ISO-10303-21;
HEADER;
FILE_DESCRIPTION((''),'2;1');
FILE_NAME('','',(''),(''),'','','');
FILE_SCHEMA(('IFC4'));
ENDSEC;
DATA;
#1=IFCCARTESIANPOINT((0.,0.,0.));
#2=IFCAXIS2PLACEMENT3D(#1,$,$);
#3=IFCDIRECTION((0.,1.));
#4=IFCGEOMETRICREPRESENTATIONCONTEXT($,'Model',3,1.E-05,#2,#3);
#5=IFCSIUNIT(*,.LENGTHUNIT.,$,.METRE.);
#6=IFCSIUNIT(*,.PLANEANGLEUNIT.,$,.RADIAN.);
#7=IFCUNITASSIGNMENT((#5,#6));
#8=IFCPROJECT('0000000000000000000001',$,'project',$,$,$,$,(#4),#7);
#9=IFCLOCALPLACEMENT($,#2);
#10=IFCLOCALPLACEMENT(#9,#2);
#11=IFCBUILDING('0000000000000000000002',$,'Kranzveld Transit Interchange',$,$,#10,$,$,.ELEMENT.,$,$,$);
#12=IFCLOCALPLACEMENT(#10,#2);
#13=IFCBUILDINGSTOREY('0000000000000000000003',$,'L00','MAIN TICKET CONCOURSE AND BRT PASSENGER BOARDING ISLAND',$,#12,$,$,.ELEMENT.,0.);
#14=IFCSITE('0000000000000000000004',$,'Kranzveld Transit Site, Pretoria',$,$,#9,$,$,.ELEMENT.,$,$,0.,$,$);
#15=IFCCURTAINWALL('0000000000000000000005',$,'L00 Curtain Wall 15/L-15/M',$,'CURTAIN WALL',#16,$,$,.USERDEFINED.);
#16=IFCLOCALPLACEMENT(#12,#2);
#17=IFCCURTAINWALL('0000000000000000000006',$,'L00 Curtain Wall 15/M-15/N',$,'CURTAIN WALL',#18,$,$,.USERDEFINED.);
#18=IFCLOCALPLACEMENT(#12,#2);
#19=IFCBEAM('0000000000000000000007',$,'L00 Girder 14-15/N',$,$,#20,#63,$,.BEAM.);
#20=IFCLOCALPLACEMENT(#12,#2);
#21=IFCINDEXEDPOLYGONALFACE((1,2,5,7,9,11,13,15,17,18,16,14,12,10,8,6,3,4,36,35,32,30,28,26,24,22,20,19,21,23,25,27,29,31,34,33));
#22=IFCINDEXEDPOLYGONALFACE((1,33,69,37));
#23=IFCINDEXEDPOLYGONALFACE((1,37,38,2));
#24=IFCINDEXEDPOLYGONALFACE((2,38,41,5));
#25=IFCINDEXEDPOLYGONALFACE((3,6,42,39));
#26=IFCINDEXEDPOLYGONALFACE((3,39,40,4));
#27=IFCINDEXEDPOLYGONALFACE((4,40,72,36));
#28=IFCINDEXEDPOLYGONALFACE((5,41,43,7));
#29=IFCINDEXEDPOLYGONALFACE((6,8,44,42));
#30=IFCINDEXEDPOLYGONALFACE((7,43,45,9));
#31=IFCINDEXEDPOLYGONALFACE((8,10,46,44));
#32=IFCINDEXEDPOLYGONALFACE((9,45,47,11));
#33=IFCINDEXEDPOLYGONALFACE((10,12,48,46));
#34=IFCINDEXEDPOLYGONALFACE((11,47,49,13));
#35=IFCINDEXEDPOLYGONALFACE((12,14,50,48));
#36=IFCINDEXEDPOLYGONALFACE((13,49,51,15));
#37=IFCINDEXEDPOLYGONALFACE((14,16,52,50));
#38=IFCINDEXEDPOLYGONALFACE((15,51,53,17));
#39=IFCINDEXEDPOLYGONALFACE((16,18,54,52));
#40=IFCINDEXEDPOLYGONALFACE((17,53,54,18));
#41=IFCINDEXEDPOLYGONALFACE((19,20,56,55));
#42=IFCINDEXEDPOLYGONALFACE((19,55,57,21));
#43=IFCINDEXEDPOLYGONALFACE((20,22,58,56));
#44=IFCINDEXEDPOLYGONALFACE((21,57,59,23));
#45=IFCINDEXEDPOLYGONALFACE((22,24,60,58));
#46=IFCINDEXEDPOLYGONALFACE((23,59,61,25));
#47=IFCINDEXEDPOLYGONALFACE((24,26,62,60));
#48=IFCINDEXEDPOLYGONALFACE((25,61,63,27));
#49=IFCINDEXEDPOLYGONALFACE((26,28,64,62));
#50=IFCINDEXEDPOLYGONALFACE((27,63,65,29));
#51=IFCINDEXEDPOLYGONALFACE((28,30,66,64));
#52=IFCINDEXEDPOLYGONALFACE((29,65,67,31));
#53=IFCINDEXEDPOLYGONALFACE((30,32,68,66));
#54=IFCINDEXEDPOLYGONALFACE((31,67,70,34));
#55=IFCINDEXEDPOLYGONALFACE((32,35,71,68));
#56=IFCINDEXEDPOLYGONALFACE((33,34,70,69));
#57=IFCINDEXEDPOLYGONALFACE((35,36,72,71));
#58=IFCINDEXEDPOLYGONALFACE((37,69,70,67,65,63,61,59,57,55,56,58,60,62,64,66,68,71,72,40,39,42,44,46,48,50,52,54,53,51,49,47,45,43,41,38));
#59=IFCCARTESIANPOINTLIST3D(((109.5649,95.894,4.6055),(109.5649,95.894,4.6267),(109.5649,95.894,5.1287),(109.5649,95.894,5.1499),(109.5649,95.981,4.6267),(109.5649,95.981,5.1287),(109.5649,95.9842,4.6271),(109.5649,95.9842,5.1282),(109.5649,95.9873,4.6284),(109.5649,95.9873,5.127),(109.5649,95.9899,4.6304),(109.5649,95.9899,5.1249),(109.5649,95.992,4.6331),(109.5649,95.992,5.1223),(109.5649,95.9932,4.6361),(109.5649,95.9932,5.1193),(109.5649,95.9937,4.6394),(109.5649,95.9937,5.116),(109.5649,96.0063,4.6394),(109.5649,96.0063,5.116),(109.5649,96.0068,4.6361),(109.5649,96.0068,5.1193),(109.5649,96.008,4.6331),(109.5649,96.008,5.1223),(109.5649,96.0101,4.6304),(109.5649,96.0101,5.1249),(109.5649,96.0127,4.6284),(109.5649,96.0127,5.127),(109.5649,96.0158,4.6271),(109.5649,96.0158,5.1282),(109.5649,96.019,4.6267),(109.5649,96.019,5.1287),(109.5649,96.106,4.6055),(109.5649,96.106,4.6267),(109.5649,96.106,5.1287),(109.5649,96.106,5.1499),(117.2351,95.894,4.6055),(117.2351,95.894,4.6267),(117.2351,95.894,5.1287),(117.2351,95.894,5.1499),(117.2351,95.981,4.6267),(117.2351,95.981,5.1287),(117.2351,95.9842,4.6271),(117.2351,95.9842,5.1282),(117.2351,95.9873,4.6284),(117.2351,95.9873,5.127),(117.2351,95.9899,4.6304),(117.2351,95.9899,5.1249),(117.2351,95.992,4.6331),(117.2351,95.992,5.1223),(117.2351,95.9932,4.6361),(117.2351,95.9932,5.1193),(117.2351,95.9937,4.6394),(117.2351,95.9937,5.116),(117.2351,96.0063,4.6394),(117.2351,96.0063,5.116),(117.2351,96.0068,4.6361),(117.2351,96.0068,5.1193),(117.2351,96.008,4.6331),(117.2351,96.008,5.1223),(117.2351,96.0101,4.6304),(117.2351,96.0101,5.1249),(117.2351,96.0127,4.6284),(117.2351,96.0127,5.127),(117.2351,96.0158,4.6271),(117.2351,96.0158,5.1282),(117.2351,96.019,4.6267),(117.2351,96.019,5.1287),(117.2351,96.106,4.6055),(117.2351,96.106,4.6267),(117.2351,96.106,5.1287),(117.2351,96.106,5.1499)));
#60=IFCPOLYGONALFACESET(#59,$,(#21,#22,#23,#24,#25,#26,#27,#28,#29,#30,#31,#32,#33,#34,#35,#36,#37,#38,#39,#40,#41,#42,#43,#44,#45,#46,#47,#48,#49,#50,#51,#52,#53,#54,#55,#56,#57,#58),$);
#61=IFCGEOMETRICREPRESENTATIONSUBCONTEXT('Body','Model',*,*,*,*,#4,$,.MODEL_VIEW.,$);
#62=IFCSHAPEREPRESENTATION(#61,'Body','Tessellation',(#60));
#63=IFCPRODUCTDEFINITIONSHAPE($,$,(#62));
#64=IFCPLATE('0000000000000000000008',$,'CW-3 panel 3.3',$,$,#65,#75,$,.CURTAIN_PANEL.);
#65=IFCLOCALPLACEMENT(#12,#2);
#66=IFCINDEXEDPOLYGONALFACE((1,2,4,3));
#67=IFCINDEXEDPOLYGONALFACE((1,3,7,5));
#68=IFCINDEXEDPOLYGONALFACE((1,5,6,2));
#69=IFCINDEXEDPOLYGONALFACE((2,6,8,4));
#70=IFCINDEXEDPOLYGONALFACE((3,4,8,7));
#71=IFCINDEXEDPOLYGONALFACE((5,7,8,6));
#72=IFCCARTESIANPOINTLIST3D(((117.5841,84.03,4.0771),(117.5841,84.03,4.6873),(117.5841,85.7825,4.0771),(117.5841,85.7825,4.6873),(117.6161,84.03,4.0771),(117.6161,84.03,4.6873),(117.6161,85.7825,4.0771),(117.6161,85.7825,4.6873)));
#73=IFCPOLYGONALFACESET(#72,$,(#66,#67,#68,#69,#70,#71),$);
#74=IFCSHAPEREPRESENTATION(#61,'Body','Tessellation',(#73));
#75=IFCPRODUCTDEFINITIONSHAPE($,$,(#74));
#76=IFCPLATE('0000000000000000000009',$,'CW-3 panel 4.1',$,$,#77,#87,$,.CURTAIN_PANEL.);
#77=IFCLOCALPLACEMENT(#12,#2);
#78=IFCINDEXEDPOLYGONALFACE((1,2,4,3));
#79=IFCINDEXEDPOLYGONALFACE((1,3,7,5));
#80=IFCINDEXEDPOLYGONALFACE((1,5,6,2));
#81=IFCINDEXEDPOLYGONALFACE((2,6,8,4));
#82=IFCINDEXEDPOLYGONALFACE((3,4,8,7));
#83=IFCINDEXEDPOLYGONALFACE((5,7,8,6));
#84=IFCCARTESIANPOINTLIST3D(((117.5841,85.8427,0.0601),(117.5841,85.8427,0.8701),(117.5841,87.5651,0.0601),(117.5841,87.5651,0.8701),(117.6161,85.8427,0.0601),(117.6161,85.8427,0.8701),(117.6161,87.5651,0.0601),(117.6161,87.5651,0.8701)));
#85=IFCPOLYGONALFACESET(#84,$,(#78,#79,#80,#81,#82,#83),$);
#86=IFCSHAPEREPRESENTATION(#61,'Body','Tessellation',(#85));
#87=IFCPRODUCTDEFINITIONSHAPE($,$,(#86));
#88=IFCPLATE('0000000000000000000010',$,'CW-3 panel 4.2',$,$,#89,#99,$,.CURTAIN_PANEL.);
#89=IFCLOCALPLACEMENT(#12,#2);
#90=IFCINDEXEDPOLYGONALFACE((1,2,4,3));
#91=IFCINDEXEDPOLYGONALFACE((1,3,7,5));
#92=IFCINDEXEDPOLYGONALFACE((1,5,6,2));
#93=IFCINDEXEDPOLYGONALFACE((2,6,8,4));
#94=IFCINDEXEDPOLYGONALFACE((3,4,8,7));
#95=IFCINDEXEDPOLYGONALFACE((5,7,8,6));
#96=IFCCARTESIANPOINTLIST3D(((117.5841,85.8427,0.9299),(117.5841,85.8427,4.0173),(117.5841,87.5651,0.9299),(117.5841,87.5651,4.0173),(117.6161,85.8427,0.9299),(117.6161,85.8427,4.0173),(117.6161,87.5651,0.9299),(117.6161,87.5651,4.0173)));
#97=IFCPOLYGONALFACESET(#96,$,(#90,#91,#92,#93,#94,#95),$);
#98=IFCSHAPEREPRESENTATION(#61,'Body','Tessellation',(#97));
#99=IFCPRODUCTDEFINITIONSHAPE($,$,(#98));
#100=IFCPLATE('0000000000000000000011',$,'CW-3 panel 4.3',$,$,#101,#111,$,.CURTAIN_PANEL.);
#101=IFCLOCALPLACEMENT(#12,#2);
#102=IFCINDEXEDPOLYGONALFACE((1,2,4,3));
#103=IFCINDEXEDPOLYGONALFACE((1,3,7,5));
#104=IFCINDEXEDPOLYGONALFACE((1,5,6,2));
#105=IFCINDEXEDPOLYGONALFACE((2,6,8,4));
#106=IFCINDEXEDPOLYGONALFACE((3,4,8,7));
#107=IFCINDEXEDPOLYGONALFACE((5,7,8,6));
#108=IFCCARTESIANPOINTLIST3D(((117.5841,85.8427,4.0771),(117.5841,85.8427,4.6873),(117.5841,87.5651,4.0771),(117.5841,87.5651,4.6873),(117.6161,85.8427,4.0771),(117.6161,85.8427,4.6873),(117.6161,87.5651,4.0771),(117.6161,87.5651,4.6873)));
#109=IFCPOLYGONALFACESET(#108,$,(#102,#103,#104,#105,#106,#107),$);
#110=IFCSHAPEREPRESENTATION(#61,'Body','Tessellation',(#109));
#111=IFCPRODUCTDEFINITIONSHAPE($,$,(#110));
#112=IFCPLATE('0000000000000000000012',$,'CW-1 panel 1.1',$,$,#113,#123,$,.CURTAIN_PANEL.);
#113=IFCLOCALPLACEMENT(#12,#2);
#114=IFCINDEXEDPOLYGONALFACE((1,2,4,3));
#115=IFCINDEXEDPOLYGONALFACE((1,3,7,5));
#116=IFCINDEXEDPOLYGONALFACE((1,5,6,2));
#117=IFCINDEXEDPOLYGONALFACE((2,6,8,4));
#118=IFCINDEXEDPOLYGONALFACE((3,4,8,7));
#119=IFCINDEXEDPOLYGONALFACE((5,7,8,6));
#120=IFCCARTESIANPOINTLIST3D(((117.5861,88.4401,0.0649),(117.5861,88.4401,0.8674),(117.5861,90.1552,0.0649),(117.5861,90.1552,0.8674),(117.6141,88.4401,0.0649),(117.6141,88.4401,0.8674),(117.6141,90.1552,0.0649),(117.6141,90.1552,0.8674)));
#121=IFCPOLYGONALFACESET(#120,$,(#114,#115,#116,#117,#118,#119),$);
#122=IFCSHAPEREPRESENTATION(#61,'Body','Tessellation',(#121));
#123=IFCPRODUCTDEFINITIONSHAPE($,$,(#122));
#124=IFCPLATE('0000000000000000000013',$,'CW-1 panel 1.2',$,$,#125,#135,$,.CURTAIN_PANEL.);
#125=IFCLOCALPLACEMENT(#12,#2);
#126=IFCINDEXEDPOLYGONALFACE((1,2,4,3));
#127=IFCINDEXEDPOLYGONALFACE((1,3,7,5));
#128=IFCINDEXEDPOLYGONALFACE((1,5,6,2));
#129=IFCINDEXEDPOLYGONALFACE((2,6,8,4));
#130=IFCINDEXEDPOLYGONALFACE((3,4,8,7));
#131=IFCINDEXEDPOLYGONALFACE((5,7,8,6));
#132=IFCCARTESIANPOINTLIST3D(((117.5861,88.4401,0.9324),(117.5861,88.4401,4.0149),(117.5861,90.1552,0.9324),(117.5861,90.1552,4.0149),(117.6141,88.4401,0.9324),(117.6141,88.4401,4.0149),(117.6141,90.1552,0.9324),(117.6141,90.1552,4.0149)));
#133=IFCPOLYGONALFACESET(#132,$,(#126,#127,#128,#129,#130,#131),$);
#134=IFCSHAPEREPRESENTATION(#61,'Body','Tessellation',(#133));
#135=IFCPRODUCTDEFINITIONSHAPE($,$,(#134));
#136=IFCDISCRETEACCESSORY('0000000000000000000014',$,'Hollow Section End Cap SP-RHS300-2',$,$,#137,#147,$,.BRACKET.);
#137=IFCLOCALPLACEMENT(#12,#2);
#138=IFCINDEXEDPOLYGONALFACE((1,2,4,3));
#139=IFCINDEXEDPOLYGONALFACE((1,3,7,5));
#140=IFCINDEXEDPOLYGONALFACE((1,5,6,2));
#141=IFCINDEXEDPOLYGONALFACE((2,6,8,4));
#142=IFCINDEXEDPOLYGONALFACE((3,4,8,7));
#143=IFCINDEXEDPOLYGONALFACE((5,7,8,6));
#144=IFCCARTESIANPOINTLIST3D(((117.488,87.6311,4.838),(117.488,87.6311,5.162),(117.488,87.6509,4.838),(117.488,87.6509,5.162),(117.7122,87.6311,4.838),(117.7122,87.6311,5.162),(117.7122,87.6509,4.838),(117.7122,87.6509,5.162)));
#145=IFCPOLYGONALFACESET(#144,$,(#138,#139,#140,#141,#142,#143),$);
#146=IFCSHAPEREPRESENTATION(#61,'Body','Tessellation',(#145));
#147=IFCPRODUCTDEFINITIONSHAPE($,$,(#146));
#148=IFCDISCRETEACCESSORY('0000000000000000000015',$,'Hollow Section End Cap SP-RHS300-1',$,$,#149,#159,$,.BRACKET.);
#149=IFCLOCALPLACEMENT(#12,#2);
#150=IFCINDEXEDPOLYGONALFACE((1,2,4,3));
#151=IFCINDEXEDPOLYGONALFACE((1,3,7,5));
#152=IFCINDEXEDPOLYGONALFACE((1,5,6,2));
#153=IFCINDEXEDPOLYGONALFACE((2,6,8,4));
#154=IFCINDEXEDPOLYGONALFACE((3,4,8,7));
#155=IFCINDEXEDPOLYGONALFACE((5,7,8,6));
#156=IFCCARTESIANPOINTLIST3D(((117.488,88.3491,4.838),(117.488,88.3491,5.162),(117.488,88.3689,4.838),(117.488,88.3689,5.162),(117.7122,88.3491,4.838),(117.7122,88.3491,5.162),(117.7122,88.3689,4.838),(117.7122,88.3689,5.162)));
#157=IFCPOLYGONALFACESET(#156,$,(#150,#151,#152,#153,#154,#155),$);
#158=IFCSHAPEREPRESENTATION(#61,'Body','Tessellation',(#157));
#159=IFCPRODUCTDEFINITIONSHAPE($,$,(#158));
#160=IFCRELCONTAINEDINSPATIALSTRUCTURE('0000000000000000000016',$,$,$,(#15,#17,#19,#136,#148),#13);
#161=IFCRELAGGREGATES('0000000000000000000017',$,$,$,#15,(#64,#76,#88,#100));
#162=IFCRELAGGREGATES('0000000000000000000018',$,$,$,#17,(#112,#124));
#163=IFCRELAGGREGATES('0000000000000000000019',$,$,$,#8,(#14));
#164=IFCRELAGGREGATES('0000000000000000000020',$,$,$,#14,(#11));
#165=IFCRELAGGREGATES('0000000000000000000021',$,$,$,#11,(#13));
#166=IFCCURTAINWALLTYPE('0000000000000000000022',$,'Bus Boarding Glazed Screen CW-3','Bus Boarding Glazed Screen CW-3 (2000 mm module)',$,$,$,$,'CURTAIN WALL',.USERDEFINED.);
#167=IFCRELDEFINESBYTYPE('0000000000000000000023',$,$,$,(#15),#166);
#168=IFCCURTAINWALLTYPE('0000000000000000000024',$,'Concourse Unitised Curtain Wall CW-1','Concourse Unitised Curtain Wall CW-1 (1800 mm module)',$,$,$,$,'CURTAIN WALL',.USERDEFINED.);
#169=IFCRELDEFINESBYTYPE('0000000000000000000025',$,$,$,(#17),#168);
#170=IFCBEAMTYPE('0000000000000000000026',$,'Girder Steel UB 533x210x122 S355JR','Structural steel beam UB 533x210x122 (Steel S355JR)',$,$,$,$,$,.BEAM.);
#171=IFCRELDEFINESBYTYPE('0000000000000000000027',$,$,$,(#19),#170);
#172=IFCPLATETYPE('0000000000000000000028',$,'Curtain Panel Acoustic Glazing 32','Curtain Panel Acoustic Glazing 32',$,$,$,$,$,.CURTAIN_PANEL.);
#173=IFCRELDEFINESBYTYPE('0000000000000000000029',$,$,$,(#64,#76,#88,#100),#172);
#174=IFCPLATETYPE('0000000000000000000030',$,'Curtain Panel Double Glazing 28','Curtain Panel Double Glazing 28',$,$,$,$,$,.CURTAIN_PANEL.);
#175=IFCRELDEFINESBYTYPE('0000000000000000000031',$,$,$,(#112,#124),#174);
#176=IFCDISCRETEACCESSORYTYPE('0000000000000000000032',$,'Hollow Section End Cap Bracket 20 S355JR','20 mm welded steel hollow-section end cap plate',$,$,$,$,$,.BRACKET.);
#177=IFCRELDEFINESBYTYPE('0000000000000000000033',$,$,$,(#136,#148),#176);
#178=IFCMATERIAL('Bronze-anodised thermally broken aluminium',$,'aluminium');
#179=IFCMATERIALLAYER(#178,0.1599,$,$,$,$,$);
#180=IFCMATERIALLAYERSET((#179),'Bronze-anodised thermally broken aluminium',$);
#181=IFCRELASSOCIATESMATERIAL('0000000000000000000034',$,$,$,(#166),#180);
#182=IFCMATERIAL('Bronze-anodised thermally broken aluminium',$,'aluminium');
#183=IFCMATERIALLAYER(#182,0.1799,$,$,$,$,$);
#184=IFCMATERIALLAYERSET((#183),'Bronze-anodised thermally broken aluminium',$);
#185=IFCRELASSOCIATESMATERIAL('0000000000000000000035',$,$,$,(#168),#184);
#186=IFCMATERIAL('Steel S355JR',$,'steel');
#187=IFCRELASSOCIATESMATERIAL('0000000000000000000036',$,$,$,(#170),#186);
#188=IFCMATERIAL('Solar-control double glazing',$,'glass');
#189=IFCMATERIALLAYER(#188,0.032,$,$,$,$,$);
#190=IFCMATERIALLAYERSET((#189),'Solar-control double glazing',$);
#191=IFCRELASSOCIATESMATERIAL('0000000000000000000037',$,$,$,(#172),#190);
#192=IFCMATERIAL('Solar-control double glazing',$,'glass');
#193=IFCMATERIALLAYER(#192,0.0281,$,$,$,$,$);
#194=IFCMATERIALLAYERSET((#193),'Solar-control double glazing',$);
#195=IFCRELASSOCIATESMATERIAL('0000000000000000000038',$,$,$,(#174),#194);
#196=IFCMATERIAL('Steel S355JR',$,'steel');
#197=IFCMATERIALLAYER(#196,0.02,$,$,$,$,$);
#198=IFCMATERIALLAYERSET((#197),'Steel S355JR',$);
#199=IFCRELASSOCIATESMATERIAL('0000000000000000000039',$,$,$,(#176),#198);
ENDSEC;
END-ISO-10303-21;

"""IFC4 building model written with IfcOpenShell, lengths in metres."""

from ifc_helpers import new_model, si_unit, direction, frame, origin, origin_2d, place, context, subcontext, project, spatial, rectangle, i_section, extrude, material, layer, layer_set, material_profile, profile_set, type_object, element, aggregate, save


model = new_model("IFC4")

# Units and contexts
model_context = context("Model", 3, precision=1e-05, world=origin(), true_north=direction((0.0, 1.0)))
body_context = subcontext(model_context, "Body", "Model", "MODEL_VIEW")
ifc_project = project(units=[si_unit("LENGTHUNIT", "METRE"), si_unit("PLANEANGLEUNIT", "RADIAN")], contexts=[model_context])

# Site, building, storey
site_placement = place(None, origin())
site = spatial("IfcSite", under=ifc_project, at=site_placement, Name="Kranzveld Transit Site, Pretoria", CompositionType="ELEMENT", RefElevation=0.0)
building_placement = place(site_placement, origin())
building = spatial("IfcBuilding", under=site, at=building_placement, Name="Kranzveld Transit Interchange", CompositionType="ELEMENT")
storey_placement = place(building_placement, origin())
storey = spatial("IfcBuildingStorey", under=building, at=storey_placement, Name="L00", Description="MAIN TICKET CONCOURSE AND BRT PASSENGER BOARDING ISLAND", CompositionType="ELEMENT", Elevation=0.0)

# Curtain wall
ifc_material_1 = material(Name="Bronze-anodised thermally broken aluminium", Category="aluminium")
ifc_layer_1 = layer(ifc_material_1, 0.1599)
ifc_layer_set_1 = layer_set([ifc_layer_1], Name="Bronze-anodised thermally broken aluminium")
curtain_wall_type_1 = type_object("IfcCurtainWallType", Name="Bus Boarding Glazed Screen CW-3", Description="Bus Boarding Glazed Screen CW-3 (2000 mm module)", ElementType="CURTAIN WALL", PredefinedType="USERDEFINED", material=ifc_layer_set_1)
curtain_wall_1_placement = place(storey_placement, origin())
curtain_wall_1 = element("IfcCurtainWall", 1, at=curtain_wall_1_placement, inside=storey, type_object=curtain_wall_type_1, Name="L00 Curtain Wall 15/L-15/M", ObjectType="CURTAIN WALL", PredefinedType="USERDEFINED")

# Curtain wall
ifc_material_2 = material(Name="Bronze-anodised thermally broken aluminium", Category="aluminium")
ifc_layer_2 = layer(ifc_material_2, 0.1799)
ifc_layer_set_2 = layer_set([ifc_layer_2], Name="Bronze-anodised thermally broken aluminium")
curtain_wall_type_2 = type_object("IfcCurtainWallType", Name="Concourse Unitised Curtain Wall CW-1", Description="Concourse Unitised Curtain Wall CW-1 (1800 mm module)", ElementType="CURTAIN WALL", PredefinedType="USERDEFINED", material=ifc_layer_set_2)
curtain_wall_2_placement = place(storey_placement, origin())
curtain_wall_2 = element("IfcCurtainWall", 2, at=curtain_wall_2_placement, inside=storey, type_object=curtain_wall_type_2, Name="L00 Curtain Wall 15/M-15/N", ObjectType="CURTAIN WALL", PredefinedType="USERDEFINED")

# Beam
ifc_material_3 = material(Name="Steel S355JR", Category="steel")
ifc_material_profile_1 = material_profile(ifc_material_3, i_section(OverallWidth=0.2119, OverallDepth=0.5444, WebThickness=0.0127, FlangeThickness=0.0212, FilletRadius=0.0127, at=origin_2d()), Name="UB 533x210x122")
ifc_profile_set_1 = profile_set([ifc_material_profile_1], Name="Steel S355JR")
beam_type_1 = type_object("IfcBeamType", Name="Girder Steel UB 533x210x122 S355JR", Description="Structural steel beam UB 533x210x122 (Steel S355JR)", PredefinedType="BEAM", material=ifc_profile_set_1)
for number, where, z_axis, x_axis, name in (
    (3, (109.5649, 96.0, 4.8777), (1.0, 0.0, 0.0), (0.0, 1.0, 0.0), "L00 Girder 14-15/N"),
):
    element("IfcBeam", number, at=place(storey_placement, frame(where, z_axis=z_axis, x_axis=x_axis)), inside=storey, type_object=beam_type_1, Name=name, PredefinedType="BEAM", context=body_context, shape_type="SweptSolid", body=[
        extrude(i_section(OverallWidth=0.2119, OverallDepth=0.5444, WebThickness=0.0127, FlangeThickness=0.0212, FilletRadius=0.0127, at=origin_2d()), origin(), (0.0, 0.0, 1.0), 7.6702),
    ])

# Plates
ifc_material_4 = material(Name="Solar-control double glazing", Category="glass")
ifc_layer_3 = layer(ifc_material_4, 0.032)
ifc_layer_set_3 = layer_set([ifc_layer_3], Name="Solar-control double glazing")
plate_type_1 = type_object("IfcPlateType", Name="Curtain Panel Acoustic Glazing 32", Description="Curtain Panel Acoustic Glazing 32", PredefinedType="CURTAIN_PANEL", material=ifc_layer_set_3)
plate_1_placement = place(storey_placement, frame((117.6001, 84.9062, 4.0771), z_axis=(0.0, 0.0, 1.0), x_axis=(0.0, 1.0, 0.0)))
plate_1 = element("IfcPlate", 4, at=plate_1_placement, type_object=plate_type_1, Name="CW-3 panel 3.3", PredefinedType="CURTAIN_PANEL", context=body_context, shape_type="SweptSolid", body=[
    extrude(rectangle(XDim=1.7524, YDim=0.032, at=origin_2d()), origin(), (0.0, 0.0, 1.0), 0.6101),
])
plate_2_placement = place(storey_placement, frame((117.6001, 86.7039, 0.0601), z_axis=(0.0, 0.0, 1.0), x_axis=(0.0, 1.0, 0.0)))
plate_2 = element("IfcPlate", 5, at=plate_2_placement, type_object=plate_type_1, Name="CW-3 panel 4.1", PredefinedType="CURTAIN_PANEL", context=body_context, shape_type="SweptSolid", body=[
    extrude(rectangle(XDim=1.7224, YDim=0.032, at=origin_2d()), origin(), (0.0, 0.0, 1.0), 0.8101),
])
plate_3_placement = place(storey_placement, frame((117.6001, 86.7039, 0.9299), z_axis=(0.0, 0.0, 1.0), x_axis=(0.0, 1.0, 0.0)))
plate_3 = element("IfcPlate", 6, at=plate_3_placement, type_object=plate_type_1, Name="CW-3 panel 4.2", PredefinedType="CURTAIN_PANEL", context=body_context, shape_type="SweptSolid", body=[
    extrude(rectangle(XDim=1.7224, YDim=0.032, at=origin_2d()), origin(), (0.0, 0.0, 1.0), 3.0874),
])
plate_4_placement = place(storey_placement, frame((117.6001, 86.7039, 4.0771), z_axis=(0.0, 0.0, 1.0), x_axis=(0.0, 1.0, 0.0)))
plate_4 = element("IfcPlate", 7, at=plate_4_placement, type_object=plate_type_1, Name="CW-3 panel 4.3", PredefinedType="CURTAIN_PANEL", context=body_context, shape_type="SweptSolid", body=[
    extrude(rectangle(XDim=1.7224, YDim=0.032, at=origin_2d()), origin(), (0.0, 0.0, 1.0), 0.6101),
])
aggregate(curtain_wall_1, [plate_1, plate_2, plate_3, plate_4])
ifc_material_5 = material(Name="Solar-control double glazing", Category="glass")
ifc_layer_4 = layer(ifc_material_5, 0.0281)
ifc_layer_set_4 = layer_set([ifc_layer_4], Name="Solar-control double glazing")
plate_type_2 = type_object("IfcPlateType", Name="Curtain Panel Double Glazing 28", Description="Curtain Panel Double Glazing 28", PredefinedType="CURTAIN_PANEL", material=ifc_layer_set_4)
plate_5_placement = place(storey_placement, frame((117.6001, 89.2976, 0.0649), z_axis=(0.0, 0.0, 1.0), x_axis=(0.0, 1.0, 0.0)))
plate_5 = element("IfcPlate", 8, at=plate_5_placement, type_object=plate_type_2, Name="CW-1 panel 1.1", PredefinedType="CURTAIN_PANEL", context=body_context, shape_type="SweptSolid", body=[
    extrude(rectangle(XDim=1.7151, YDim=0.0281, at=origin_2d()), origin(), (0.0, 0.0, 1.0), 0.8025),
])
plate_6_placement = place(storey_placement, frame((117.6001, 89.2976, 0.9324), z_axis=(0.0, 0.0, 1.0), x_axis=(0.0, 1.0, 0.0)))
plate_6 = element("IfcPlate", 9, at=plate_6_placement, type_object=plate_type_2, Name="CW-1 panel 1.2", PredefinedType="CURTAIN_PANEL", context=body_context, shape_type="SweptSolid", body=[
    extrude(rectangle(XDim=1.7151, YDim=0.0281, at=origin_2d()), origin(), (0.0, 0.0, 1.0), 3.0825),
])
aggregate(curtain_wall_2, [plate_5, plate_6])

# Discrete accessories
ifc_material_6 = material(Name="Steel S355JR", Category="steel")
ifc_layer_5 = layer(ifc_material_6, 0.02)
ifc_layer_set_5 = layer_set([ifc_layer_5], Name="Steel S355JR")
discrete_accessory_type = type_object("IfcDiscreteAccessoryType", Name="Hollow Section End Cap Bracket 20 S355JR", Description="20 mm welded steel hollow-section end cap plate", PredefinedType="BRACKET", material=ifc_layer_set_5)
for number, where, z_axis, x_axis, name in (
    (10, (117.6001, 87.6311, 5.0), (0.0, 1.0, 0.0), (-1.0, 0.0, 0.0), "Hollow Section End Cap SP-RHS300-2"),
    (11, (117.6001, 88.3689, 5.0), (0.0, -1.0, 0.0), (1.0, 0.0, 0.0), "Hollow Section End Cap SP-RHS300-1"),
):
    element("IfcDiscreteAccessory", number, at=place(storey_placement, frame(where, z_axis=z_axis, x_axis=x_axis)), inside=storey, type_object=discrete_accessory_type, Name=name, PredefinedType="BRACKET", context=body_context, shape_type="SweptSolid", body=[
        extrude(rectangle(XDim=0.2241, YDim=0.324, at=origin_2d()), origin(), (0.0, 0.0, 1.0), 0.0198),
    ])

save(model, "model.ifc")
